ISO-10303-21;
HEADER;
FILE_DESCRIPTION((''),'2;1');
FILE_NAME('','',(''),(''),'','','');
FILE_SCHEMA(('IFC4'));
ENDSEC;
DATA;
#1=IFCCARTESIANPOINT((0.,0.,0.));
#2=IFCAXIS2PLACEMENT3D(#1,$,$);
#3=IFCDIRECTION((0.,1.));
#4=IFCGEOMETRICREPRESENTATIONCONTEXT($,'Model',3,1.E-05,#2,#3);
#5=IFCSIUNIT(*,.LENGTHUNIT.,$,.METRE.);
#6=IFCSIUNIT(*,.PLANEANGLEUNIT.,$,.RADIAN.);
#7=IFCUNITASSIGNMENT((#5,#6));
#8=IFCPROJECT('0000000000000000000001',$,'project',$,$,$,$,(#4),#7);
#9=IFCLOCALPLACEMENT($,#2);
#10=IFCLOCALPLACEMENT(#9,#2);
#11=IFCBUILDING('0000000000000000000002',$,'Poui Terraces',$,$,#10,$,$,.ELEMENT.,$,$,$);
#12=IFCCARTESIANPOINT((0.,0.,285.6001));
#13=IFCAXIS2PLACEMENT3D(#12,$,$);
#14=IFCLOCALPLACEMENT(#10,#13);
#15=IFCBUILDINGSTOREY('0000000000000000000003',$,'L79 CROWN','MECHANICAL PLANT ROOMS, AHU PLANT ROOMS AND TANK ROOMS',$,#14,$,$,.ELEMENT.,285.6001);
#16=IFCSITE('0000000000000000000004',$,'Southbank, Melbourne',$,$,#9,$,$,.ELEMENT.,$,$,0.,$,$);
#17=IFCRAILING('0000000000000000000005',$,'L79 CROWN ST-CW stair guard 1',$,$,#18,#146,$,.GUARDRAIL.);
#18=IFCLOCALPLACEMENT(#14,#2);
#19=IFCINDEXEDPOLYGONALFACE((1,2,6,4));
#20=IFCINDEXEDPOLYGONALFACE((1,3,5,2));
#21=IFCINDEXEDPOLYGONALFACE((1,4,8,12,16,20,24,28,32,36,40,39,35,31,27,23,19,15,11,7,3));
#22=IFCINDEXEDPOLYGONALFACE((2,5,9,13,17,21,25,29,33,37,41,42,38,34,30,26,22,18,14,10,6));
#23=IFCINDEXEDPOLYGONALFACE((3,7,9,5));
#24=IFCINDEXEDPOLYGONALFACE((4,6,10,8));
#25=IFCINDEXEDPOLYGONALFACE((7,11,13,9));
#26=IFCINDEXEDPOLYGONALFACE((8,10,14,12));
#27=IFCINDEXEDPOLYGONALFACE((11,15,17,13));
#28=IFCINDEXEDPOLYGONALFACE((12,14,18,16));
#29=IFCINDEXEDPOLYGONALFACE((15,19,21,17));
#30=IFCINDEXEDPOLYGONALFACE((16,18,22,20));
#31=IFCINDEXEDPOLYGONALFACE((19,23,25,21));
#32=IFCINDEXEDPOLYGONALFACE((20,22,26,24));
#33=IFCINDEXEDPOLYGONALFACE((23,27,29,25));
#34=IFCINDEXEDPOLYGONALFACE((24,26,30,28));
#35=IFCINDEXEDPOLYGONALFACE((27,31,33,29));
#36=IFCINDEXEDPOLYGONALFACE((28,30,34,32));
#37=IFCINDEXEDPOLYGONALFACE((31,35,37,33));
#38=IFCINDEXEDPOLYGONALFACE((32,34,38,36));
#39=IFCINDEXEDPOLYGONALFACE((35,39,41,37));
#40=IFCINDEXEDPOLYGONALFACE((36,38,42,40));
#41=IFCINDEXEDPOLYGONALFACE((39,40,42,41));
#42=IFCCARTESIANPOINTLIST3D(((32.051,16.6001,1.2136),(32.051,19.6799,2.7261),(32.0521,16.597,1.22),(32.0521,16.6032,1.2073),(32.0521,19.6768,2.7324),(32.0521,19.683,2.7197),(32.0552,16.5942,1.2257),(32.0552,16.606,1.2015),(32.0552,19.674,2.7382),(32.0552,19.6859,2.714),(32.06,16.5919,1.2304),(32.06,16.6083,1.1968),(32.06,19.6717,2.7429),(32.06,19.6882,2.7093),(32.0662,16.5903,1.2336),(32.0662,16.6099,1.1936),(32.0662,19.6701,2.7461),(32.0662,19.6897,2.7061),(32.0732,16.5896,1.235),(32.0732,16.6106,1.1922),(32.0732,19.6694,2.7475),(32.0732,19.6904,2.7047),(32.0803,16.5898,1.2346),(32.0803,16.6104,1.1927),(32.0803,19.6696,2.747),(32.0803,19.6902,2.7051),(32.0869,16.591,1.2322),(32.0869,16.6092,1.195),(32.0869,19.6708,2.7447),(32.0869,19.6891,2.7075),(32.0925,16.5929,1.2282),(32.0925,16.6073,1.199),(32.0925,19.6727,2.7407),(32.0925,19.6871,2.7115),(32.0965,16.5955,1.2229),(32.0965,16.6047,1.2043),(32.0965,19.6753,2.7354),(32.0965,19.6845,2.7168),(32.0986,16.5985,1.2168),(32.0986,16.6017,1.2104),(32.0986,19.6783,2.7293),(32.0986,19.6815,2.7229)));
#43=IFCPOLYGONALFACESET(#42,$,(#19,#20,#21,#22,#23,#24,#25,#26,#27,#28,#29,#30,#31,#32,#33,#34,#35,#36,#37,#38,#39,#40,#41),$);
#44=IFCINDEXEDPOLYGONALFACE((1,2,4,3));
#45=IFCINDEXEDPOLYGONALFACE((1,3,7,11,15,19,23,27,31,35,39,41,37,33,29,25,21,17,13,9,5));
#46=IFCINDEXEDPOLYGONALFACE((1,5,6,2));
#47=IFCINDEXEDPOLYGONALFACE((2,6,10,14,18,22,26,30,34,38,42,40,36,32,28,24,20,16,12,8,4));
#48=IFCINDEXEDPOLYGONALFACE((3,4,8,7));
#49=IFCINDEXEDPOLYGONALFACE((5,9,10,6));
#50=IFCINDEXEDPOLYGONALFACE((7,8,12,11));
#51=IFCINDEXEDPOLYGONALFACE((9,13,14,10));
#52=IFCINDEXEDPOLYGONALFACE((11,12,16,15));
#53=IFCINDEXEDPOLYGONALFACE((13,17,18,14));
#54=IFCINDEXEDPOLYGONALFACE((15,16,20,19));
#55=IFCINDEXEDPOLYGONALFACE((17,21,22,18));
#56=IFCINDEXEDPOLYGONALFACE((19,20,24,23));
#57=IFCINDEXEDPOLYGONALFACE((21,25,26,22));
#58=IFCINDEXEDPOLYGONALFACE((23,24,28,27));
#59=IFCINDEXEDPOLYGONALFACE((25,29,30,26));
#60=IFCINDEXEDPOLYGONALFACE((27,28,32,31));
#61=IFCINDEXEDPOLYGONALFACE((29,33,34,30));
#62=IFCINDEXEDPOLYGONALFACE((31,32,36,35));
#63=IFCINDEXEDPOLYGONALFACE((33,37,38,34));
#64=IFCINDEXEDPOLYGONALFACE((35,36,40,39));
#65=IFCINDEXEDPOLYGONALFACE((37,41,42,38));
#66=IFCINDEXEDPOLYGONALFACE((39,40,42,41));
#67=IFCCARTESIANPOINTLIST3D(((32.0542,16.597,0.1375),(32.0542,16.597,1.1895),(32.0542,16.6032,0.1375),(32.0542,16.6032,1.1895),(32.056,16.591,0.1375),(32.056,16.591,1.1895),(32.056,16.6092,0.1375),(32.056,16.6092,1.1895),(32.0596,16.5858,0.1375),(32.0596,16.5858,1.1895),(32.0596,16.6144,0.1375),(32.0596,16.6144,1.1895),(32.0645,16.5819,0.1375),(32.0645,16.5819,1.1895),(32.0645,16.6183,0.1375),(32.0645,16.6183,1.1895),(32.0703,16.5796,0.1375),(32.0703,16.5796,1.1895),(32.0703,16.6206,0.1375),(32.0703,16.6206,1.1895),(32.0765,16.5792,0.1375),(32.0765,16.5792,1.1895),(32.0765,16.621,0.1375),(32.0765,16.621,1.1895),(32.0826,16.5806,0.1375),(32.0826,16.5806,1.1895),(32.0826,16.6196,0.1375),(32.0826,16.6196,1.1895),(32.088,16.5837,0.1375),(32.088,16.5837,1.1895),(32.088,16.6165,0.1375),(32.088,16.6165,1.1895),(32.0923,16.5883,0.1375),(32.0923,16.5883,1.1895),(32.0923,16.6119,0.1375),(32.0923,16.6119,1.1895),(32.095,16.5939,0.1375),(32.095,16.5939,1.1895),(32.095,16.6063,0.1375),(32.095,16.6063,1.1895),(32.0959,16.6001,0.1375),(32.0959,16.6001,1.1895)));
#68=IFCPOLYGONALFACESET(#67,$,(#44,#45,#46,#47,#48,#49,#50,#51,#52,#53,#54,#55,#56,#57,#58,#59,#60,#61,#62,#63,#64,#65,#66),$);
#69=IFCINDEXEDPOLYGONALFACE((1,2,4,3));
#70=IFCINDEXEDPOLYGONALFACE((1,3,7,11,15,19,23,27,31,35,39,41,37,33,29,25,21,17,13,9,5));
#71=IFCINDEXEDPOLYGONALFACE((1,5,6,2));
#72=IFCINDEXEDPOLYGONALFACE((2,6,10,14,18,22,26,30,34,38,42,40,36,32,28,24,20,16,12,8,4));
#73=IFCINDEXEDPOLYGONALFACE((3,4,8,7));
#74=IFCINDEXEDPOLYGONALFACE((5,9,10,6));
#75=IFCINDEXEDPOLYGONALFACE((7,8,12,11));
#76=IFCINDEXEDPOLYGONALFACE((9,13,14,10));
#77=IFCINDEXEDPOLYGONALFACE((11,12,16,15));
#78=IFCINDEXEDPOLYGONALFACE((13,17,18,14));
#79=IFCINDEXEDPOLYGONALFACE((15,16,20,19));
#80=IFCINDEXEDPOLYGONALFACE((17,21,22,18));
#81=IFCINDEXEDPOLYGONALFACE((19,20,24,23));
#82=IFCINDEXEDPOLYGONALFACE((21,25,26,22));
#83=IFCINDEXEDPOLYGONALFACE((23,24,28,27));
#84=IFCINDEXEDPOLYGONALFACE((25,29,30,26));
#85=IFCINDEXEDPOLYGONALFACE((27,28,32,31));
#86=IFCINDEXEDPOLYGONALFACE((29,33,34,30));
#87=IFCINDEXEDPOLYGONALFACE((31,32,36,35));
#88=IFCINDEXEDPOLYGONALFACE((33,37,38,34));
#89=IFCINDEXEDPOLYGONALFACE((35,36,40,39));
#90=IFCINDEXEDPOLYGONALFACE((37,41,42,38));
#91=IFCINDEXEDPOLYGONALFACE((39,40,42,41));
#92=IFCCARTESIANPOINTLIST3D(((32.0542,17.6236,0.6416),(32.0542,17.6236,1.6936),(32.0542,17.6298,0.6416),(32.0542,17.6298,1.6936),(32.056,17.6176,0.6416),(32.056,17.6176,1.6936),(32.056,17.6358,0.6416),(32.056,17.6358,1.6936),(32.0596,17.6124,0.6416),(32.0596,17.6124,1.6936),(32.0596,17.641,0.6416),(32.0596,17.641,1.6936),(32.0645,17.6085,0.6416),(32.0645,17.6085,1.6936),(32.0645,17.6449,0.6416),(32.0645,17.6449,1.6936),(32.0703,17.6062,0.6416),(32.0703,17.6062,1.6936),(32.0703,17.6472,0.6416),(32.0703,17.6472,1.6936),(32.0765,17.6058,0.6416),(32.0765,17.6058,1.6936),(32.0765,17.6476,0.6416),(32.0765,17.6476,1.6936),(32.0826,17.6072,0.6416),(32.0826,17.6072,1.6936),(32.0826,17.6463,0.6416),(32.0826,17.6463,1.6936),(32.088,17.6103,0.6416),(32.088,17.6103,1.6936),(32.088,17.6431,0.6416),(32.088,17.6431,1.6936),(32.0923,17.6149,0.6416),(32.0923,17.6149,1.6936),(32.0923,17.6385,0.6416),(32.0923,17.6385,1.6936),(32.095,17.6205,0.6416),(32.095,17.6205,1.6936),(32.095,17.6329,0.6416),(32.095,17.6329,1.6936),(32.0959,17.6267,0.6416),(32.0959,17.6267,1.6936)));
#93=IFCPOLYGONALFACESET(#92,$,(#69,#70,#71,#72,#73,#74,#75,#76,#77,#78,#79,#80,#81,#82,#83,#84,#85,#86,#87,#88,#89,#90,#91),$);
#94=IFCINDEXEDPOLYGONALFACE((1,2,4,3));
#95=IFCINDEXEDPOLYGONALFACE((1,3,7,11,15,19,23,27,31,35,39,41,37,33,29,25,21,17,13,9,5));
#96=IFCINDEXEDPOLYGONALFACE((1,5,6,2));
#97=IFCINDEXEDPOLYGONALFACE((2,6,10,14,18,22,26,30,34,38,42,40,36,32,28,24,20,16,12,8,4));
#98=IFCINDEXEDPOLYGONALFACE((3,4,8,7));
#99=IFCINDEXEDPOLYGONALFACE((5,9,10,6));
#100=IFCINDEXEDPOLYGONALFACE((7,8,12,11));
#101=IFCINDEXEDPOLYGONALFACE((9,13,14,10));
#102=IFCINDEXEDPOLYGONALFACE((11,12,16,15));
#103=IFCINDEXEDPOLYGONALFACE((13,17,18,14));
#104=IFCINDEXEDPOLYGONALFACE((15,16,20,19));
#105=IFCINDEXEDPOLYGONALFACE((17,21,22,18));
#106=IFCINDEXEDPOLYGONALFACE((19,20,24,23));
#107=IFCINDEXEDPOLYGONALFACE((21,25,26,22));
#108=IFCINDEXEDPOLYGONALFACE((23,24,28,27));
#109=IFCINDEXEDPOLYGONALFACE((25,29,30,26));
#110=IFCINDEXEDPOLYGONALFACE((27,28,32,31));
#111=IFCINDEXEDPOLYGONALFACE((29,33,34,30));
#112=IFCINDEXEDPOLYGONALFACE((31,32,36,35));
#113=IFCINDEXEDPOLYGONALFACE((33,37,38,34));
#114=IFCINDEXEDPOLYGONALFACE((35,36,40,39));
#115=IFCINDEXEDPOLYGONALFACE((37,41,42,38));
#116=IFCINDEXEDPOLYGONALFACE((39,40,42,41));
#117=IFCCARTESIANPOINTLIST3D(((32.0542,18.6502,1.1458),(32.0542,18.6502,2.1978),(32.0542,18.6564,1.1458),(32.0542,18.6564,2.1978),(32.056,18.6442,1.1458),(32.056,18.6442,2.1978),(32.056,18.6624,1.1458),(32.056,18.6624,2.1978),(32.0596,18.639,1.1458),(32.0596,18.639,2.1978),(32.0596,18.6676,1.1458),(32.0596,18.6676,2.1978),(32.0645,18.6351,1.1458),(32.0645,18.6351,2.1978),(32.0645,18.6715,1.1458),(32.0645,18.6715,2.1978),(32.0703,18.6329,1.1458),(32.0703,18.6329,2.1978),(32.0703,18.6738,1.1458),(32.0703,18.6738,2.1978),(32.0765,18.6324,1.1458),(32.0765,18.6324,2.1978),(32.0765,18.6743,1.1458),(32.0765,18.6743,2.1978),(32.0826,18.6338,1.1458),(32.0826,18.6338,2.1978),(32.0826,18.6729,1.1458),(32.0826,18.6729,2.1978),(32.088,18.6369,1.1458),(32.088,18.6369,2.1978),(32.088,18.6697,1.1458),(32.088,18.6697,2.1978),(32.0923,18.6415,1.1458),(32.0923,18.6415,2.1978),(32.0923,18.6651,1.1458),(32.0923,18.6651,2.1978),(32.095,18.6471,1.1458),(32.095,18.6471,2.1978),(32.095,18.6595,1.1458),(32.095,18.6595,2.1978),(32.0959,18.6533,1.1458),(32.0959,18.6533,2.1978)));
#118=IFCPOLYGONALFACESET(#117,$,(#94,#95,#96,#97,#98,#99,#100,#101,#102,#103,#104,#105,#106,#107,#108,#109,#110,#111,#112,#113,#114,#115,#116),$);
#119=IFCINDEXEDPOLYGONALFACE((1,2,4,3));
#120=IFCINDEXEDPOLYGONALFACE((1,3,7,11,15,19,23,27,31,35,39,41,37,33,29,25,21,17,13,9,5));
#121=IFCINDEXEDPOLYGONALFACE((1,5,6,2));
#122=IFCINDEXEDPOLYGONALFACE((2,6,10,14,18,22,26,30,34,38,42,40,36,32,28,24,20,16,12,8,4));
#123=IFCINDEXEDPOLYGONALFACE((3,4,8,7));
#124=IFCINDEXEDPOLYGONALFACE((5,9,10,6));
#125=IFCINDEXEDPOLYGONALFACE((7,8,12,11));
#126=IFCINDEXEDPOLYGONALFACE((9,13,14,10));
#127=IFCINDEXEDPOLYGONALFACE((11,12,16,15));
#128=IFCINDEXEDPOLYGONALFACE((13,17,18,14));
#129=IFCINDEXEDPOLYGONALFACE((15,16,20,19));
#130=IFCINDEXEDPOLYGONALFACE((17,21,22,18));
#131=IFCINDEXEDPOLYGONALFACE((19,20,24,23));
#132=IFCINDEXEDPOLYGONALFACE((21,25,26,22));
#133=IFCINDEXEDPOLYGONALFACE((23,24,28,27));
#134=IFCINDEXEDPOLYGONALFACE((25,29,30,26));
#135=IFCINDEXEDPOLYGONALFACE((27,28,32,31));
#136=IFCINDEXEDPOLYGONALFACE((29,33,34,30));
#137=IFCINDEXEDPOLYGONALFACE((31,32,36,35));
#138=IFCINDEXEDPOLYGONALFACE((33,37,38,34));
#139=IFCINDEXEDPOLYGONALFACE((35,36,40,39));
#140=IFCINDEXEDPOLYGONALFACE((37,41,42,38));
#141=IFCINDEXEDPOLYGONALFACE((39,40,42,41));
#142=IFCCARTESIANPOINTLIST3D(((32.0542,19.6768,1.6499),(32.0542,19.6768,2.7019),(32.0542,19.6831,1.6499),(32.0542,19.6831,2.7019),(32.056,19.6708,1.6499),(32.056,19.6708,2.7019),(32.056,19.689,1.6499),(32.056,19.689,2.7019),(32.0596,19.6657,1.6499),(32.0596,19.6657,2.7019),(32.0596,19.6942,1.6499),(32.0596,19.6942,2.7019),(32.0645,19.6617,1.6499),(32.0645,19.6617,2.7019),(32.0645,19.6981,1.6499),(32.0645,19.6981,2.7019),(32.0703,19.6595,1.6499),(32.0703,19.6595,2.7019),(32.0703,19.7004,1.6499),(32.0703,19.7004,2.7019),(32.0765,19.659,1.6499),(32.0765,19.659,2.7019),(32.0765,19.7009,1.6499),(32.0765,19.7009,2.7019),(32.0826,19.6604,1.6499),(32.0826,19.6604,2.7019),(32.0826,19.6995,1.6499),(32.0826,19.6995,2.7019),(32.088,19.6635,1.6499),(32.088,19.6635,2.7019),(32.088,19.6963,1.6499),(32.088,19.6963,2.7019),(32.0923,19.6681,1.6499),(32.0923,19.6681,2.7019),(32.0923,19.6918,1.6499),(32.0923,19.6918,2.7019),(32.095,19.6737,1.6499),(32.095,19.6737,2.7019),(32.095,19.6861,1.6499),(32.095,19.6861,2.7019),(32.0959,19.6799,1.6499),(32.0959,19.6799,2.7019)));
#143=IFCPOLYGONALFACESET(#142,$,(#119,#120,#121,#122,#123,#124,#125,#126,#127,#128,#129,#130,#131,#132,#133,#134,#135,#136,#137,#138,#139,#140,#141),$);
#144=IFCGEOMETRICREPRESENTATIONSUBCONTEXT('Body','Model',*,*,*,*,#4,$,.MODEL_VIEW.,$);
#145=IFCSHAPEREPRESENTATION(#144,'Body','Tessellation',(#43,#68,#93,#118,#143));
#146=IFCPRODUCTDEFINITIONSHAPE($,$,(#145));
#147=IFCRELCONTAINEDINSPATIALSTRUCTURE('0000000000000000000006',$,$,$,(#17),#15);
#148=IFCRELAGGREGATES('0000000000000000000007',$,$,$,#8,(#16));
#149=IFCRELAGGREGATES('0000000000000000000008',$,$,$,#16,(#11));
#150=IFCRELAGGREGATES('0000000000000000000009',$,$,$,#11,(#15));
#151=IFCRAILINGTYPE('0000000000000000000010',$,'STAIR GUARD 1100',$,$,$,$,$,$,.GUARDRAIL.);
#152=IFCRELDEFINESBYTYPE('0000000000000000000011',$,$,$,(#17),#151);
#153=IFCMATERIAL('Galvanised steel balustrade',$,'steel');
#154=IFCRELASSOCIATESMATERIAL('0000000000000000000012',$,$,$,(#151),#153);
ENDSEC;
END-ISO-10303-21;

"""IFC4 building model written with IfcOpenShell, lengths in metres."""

from ifc_helpers import new_model, si_unit, direction, frame, origin, origin_2d, place, context, subcontext, project, spatial, circle, extrude, material, type_object, element, save


model = new_model("IFC4")

# Units and contexts
model_context = context("Model", 3, precision=1e-05, world=origin(), true_north=direction((0.0, 1.0)))
body_context = subcontext(model_context, "Body", "Model", "MODEL_VIEW")
ifc_project = project(units=[si_unit("LENGTHUNIT", "METRE"), si_unit("PLANEANGLEUNIT", "RADIAN")], contexts=[model_context])

# Site, building, storey
site_placement = place(None, origin())
site = spatial("IfcSite", under=ifc_project, at=site_placement, Name="Southbank, Melbourne", CompositionType="ELEMENT", RefElevation=0.0)
building_placement = place(site_placement, origin())
building = spatial("IfcBuilding", under=site, at=building_placement, Name="Poui Terraces", CompositionType="ELEMENT")
storey_placement = place(building_placement, frame((0.0, 0.0, 285.6001)))
storey = spatial("IfcBuildingStorey", under=building, at=storey_placement, Name="L79 CROWN", Description="MECHANICAL PLANT ROOMS, AHU PLANT ROOMS AND TANK ROOMS", CompositionType="ELEMENT", Elevation=285.6001)

# Railing
ifc_material_1 = material(Name="Galvanised steel balustrade", Category="steel")
railing_type_1 = type_object("IfcRailingType", Name="STAIR GUARD 1100", PredefinedType="GUARDRAIL", material=ifc_material_1)
railing_1_placement = place(storey_placement, frame((32.075, 16.6001, 0.1375)))
element("IfcRailing", 1, at=railing_1_placement, inside=storey, type_object=railing_type_1, Name="L79 CROWN ST-CW stair guard 1", PredefinedType="GUARDRAIL", context=body_context, shape_type="SweptSolid", body=[
    extrude(circle(Radius=0.0239, at=origin_2d()), frame((0.0, 0.0, 1.0762), z_axis=(0.0, 0.897606, 0.440798), x_axis=(-1.0, 0.0, 0.0)), (0.0, 0.0, 1.0), 3.4312),
    extrude(circle(Radius=0.021, at=origin_2d()), origin(), (0.0, 0.0, 1.0), 1.052),
    extrude(circle(Radius=0.021, at=origin_2d()), frame((0.0, 1.0266, 0.5042)), (0.0, 0.0, 1.0), 1.052),
    extrude(circle(Radius=0.021, at=origin_2d()), frame((0.0, 2.0532, 1.0083)), (0.0, 0.0, 1.0), 1.052),
    extrude(circle(Radius=0.021, at=origin_2d()), frame((0.0, 3.0798, 1.5125)), (0.0, 0.0, 1.0), 1.052),
])

save(model, "model.ifc")
